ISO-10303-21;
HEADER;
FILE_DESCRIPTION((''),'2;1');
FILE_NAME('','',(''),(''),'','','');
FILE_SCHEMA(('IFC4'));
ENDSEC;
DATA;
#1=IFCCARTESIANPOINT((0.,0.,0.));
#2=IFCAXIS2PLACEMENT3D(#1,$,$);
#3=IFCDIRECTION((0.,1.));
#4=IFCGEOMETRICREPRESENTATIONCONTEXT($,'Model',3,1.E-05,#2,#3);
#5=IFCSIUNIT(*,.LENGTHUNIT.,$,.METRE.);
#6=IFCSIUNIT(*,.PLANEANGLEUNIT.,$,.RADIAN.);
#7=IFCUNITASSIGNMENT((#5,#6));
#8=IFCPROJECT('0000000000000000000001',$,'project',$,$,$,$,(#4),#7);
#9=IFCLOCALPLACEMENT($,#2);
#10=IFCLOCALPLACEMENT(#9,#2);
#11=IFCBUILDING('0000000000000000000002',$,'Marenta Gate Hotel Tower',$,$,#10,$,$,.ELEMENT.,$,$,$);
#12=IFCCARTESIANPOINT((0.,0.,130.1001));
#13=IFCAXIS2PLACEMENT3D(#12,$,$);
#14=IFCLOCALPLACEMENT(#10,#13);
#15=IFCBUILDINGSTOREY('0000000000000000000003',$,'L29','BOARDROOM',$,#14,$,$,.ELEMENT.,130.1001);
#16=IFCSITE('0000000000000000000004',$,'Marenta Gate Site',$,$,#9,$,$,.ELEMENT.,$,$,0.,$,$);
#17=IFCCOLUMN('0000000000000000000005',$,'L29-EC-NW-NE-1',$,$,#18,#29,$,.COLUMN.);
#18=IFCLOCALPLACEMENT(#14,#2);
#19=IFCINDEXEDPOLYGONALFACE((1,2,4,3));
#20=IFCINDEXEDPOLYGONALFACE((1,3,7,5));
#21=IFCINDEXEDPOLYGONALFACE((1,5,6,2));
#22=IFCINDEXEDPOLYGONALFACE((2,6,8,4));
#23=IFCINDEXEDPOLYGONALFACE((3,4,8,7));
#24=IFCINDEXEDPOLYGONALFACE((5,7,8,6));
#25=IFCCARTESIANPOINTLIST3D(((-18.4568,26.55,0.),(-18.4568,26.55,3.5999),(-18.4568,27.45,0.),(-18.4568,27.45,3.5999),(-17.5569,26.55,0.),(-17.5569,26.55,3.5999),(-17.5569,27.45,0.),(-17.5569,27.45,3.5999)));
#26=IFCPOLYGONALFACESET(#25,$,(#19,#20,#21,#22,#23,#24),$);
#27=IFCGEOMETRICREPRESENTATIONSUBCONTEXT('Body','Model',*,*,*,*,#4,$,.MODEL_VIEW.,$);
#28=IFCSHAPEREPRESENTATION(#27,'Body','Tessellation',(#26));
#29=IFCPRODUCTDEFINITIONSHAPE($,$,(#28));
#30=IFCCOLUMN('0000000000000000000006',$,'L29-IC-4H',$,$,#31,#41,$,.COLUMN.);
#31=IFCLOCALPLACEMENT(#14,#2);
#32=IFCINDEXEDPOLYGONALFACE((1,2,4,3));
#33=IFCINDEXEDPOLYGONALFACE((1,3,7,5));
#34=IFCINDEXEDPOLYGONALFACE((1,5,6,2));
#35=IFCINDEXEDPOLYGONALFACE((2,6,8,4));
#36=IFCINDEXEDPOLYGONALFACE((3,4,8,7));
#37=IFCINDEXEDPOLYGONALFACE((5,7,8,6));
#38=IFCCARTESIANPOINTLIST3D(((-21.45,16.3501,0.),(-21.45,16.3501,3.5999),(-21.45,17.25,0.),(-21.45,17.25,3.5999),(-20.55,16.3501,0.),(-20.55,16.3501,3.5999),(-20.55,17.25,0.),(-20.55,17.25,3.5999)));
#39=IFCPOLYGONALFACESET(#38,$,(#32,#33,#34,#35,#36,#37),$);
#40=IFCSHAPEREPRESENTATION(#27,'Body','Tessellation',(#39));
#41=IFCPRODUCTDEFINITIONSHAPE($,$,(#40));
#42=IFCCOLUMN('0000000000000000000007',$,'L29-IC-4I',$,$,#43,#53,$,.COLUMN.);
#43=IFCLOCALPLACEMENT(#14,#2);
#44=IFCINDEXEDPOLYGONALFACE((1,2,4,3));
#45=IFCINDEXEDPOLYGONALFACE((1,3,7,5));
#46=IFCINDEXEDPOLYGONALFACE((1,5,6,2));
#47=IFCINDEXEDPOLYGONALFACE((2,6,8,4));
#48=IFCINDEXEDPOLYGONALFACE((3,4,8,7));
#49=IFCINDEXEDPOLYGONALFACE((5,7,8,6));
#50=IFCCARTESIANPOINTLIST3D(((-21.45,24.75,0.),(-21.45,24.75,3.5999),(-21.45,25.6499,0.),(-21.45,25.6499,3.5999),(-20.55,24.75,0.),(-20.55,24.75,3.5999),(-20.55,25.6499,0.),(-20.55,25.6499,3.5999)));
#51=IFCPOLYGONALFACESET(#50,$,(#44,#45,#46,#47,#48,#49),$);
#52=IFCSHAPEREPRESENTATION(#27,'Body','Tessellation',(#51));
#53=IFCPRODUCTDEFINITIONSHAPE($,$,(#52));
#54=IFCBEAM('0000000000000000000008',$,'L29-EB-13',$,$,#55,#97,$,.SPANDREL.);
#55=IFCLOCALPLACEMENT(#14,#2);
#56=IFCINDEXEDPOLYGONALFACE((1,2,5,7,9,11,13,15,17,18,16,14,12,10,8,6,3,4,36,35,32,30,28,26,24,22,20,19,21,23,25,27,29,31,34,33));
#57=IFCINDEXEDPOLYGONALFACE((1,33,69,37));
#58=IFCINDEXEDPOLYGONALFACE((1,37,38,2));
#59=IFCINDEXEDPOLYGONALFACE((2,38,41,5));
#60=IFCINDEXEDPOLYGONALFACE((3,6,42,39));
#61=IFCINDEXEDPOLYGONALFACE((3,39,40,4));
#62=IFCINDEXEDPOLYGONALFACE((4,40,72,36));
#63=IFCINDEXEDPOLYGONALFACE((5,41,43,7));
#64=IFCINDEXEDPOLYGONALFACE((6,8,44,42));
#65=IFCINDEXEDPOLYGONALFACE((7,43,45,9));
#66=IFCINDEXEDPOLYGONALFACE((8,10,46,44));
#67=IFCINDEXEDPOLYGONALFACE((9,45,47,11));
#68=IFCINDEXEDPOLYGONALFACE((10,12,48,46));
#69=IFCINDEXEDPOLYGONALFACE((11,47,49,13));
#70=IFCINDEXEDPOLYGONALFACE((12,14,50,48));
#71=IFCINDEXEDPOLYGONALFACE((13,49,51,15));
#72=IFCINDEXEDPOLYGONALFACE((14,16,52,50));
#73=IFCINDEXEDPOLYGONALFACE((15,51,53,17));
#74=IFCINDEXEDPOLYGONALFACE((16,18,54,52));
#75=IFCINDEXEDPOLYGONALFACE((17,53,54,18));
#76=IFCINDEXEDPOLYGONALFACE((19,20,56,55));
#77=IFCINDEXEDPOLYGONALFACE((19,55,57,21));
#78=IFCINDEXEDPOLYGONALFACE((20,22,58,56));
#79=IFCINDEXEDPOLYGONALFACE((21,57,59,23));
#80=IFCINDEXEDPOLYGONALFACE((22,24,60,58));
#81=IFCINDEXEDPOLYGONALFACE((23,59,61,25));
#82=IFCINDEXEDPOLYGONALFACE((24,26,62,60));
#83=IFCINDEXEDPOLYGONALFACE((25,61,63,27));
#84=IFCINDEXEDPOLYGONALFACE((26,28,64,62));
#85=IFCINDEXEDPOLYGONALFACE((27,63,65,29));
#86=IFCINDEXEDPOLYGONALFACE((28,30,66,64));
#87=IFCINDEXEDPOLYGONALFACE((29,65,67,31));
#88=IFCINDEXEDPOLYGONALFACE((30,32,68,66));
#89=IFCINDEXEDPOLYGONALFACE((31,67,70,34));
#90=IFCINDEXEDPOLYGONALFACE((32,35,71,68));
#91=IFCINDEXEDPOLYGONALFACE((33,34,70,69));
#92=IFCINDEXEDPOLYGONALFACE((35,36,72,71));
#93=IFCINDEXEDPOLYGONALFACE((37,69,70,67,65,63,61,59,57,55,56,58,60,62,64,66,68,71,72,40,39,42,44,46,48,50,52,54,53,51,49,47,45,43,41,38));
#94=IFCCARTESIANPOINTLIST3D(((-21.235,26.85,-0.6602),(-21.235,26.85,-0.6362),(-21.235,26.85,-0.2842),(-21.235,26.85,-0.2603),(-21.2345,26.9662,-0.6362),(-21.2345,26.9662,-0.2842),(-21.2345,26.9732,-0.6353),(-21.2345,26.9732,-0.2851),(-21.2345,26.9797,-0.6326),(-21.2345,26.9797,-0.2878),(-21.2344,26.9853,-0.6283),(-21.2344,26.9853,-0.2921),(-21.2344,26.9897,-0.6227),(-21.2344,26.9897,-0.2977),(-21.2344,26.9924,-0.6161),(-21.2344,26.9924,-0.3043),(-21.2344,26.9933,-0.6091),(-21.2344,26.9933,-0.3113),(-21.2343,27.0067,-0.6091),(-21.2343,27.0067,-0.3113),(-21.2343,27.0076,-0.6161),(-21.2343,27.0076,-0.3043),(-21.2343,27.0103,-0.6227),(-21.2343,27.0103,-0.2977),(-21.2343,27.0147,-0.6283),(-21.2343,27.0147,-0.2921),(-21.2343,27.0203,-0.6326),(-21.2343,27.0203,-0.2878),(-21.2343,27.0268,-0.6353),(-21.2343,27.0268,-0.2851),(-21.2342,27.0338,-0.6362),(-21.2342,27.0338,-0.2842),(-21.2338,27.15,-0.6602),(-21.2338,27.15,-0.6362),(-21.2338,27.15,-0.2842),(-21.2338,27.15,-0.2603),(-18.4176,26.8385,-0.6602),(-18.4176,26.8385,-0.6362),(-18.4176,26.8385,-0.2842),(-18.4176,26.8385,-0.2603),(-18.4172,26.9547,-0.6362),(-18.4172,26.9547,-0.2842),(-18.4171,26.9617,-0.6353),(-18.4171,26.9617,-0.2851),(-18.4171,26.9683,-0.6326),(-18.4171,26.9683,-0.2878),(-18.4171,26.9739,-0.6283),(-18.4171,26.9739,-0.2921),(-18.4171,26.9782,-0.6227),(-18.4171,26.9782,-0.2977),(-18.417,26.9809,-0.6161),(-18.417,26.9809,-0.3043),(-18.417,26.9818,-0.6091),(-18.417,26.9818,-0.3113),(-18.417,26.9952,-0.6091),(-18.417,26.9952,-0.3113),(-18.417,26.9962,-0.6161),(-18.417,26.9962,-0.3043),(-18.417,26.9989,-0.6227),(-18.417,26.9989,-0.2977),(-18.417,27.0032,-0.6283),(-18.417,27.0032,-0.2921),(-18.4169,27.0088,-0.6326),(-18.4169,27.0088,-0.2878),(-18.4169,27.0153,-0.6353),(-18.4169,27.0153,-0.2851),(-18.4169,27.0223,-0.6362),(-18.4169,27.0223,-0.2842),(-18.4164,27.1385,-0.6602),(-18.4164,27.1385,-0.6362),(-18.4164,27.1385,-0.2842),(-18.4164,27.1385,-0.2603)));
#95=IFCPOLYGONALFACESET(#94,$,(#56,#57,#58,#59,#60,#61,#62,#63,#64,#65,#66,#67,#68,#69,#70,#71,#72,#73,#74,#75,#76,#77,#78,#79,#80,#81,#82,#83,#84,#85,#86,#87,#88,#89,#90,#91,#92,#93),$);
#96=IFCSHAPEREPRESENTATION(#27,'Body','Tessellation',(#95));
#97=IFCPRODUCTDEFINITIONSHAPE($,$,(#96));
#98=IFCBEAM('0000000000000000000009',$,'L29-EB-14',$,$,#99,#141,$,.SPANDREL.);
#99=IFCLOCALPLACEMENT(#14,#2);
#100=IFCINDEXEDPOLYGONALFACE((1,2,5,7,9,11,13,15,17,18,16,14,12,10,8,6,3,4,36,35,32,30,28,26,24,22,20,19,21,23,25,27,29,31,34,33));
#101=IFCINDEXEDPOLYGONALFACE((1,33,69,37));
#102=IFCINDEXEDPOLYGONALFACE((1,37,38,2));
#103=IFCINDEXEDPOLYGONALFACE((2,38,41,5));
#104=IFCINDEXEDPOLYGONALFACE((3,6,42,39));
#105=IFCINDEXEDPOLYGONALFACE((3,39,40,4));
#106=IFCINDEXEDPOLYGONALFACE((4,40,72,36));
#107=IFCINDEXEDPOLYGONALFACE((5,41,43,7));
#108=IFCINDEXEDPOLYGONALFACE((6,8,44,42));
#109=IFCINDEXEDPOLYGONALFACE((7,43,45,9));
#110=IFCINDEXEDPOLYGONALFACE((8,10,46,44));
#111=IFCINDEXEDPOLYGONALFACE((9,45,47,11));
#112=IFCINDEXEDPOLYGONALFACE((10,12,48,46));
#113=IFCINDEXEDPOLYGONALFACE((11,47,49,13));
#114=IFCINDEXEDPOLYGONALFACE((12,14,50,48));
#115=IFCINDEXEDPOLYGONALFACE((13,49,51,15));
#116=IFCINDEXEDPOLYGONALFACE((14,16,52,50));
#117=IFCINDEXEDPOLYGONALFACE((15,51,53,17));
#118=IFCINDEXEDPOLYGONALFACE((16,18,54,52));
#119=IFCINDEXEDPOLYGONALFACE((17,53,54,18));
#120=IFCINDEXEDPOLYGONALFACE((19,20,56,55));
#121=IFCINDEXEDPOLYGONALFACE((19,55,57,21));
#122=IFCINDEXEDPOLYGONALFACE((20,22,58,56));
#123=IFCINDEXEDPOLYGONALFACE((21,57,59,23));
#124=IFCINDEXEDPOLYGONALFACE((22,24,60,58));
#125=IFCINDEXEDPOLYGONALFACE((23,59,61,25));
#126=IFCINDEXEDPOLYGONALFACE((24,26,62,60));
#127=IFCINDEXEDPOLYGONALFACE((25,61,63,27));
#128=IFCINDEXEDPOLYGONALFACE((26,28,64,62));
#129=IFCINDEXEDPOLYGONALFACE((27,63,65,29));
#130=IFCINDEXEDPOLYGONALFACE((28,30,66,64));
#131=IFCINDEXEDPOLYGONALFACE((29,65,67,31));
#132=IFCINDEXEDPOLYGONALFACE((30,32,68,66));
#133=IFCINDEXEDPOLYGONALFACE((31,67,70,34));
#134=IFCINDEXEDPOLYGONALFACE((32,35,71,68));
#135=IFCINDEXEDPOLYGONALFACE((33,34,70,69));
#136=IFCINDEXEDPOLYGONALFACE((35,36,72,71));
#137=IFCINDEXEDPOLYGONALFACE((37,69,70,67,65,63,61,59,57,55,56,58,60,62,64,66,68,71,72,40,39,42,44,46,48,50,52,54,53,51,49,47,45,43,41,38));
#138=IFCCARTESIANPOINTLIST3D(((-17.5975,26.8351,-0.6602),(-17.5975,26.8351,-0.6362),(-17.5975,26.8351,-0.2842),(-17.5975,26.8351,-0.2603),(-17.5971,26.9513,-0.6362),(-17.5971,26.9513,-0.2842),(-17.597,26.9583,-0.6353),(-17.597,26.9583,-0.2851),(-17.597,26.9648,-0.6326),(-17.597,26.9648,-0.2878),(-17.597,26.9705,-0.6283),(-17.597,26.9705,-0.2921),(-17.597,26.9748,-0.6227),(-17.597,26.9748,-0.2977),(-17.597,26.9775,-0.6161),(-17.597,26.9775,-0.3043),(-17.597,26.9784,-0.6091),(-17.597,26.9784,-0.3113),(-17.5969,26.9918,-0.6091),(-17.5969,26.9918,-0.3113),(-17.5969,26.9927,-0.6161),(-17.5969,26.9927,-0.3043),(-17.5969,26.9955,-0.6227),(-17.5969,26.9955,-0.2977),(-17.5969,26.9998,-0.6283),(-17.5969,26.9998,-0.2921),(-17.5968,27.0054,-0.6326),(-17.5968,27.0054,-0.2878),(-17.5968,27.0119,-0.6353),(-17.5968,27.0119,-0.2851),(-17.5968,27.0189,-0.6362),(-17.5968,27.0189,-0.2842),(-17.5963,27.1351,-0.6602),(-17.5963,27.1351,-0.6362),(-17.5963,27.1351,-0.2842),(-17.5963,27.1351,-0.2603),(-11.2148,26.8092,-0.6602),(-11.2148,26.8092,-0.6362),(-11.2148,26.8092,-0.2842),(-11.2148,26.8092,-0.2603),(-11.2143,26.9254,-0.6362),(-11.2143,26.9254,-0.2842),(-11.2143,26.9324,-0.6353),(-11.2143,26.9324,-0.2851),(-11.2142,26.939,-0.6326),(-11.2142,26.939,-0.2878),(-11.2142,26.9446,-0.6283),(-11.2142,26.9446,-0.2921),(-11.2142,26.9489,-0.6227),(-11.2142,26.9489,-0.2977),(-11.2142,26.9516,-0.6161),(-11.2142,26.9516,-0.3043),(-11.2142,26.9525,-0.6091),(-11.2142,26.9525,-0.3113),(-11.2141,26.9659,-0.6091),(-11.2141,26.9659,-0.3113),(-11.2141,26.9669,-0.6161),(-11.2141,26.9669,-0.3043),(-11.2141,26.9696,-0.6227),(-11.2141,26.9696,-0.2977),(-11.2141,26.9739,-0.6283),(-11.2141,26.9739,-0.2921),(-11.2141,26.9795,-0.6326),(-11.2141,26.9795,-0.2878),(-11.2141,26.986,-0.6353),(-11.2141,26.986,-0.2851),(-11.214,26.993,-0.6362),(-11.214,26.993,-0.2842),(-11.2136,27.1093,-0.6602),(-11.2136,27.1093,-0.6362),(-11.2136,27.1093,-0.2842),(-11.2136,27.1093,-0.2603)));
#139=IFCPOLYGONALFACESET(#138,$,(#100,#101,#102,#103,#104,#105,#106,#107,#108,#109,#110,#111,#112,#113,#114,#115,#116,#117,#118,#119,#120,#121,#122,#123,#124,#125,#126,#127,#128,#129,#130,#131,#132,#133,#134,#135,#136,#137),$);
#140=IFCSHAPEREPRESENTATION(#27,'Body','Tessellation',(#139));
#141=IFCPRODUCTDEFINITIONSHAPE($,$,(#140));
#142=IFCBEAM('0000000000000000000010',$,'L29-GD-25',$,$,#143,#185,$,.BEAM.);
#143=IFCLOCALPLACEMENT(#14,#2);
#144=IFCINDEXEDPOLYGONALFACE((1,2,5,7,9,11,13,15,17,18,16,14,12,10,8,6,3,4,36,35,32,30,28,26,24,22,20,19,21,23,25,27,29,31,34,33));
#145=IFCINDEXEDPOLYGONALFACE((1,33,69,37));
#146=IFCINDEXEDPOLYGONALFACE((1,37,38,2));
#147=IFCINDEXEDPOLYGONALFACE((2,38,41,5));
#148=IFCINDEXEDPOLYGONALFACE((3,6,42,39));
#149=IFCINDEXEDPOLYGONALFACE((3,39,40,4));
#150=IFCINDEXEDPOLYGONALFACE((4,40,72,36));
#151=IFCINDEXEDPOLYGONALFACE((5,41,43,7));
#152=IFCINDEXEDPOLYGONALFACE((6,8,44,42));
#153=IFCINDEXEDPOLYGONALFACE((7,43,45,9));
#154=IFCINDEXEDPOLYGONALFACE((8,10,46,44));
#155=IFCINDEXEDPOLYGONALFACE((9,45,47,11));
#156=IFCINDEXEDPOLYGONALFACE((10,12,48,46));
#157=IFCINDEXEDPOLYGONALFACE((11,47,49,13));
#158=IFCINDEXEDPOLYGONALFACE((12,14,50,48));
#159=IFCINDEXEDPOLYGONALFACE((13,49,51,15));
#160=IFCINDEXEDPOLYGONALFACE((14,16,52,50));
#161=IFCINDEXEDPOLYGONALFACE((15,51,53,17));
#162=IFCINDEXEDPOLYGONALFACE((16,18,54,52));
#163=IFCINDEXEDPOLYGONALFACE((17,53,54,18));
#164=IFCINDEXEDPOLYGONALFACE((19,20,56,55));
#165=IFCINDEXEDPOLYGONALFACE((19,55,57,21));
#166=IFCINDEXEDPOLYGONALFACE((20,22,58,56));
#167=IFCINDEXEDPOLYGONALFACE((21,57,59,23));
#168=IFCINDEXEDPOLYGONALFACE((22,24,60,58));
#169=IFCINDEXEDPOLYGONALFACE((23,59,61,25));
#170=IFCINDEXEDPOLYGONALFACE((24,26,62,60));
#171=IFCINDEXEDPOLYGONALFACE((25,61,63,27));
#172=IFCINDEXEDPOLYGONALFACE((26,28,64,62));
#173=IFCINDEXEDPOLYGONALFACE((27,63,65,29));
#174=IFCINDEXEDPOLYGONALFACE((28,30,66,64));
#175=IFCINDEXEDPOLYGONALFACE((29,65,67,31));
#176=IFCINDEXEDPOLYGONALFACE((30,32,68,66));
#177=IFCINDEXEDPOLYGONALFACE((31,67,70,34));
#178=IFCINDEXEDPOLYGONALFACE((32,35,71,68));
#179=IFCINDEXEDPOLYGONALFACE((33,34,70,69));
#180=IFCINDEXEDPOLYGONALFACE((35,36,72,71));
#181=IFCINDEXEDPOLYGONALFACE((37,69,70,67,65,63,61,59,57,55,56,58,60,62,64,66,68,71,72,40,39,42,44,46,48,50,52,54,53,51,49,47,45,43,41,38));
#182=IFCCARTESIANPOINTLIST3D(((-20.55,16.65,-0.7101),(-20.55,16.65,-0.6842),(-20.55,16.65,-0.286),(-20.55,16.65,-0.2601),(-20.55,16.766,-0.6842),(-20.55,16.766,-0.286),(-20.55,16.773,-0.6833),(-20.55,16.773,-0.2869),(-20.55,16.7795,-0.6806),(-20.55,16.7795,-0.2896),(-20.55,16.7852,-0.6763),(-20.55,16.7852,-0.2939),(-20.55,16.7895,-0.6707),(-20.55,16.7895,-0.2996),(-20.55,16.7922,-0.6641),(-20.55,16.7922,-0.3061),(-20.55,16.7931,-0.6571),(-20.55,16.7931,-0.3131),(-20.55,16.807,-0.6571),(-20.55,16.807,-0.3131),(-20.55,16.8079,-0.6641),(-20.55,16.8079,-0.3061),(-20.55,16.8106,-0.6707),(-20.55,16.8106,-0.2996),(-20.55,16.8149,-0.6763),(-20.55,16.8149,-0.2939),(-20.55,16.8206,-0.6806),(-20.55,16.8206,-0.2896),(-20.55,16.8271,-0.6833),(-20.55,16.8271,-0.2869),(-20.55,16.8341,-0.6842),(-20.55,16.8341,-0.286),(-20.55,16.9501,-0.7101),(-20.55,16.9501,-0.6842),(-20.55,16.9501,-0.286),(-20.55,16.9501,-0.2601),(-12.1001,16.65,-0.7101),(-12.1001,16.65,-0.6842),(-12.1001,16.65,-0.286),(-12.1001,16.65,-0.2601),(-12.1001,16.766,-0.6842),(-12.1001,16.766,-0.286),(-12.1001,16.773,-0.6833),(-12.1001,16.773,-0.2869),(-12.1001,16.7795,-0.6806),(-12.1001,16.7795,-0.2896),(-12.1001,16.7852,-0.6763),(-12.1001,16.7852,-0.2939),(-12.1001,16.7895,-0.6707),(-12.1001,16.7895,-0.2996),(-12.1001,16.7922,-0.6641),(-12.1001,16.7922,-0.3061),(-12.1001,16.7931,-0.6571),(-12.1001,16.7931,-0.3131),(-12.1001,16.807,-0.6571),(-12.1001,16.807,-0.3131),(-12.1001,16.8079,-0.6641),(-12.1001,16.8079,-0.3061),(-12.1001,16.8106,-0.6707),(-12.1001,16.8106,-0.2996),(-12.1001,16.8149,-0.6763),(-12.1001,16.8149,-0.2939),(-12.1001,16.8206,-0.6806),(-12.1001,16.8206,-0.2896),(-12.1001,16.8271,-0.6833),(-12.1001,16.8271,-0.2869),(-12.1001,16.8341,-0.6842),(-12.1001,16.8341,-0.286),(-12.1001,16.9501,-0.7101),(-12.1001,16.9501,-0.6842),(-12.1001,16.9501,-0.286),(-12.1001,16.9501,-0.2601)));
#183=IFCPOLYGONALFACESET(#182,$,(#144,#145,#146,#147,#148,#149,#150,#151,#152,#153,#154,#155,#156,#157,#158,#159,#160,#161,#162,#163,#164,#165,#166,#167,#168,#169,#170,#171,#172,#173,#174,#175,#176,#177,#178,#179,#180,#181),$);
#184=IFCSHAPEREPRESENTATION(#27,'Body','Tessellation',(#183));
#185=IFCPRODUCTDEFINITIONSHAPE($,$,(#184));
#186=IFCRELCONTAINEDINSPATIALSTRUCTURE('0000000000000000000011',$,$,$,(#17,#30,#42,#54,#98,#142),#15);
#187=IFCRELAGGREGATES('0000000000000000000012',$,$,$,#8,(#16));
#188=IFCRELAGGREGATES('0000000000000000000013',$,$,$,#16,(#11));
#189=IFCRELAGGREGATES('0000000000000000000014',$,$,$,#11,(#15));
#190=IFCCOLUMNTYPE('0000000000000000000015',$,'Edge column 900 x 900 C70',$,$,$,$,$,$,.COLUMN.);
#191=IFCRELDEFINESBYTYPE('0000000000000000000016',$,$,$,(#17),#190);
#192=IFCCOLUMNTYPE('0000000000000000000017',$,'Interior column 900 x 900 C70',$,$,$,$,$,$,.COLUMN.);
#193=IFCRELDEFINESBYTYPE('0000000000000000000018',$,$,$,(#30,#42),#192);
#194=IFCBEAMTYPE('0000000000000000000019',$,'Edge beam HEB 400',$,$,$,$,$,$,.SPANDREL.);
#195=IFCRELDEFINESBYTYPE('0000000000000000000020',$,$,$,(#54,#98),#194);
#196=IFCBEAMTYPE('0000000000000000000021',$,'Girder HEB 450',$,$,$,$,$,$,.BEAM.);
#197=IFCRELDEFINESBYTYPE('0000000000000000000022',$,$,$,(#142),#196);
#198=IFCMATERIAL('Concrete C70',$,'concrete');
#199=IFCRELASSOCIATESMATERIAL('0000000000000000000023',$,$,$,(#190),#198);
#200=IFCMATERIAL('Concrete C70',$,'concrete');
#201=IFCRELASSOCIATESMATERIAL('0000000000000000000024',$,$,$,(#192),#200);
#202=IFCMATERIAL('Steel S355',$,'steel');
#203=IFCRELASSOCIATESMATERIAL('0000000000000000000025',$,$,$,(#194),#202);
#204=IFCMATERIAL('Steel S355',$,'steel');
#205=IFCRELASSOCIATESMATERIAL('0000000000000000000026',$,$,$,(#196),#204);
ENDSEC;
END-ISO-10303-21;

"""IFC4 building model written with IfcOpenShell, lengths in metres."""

from ifc_helpers import new_model, si_unit, direction, frame, origin, origin_2d, place, context, subcontext, project, spatial, rectangle, i_section, extrude, material, material_profile, profile_set, type_object, element, save


model = new_model("IFC4")

# Units and contexts
model_context = context("Model", 3, precision=1e-05, world=origin(), true_north=direction((0.0, 1.0)))
body_context = subcontext(model_context, "Body", "Model", "MODEL_VIEW")
ifc_project = project(units=[si_unit("LENGTHUNIT", "METRE"), si_unit("PLANEANGLEUNIT", "RADIAN")], contexts=[model_context])

# Site, building, storey
site_placement = place(None, origin())
site = spatial("IfcSite", under=ifc_project, at=site_placement, Name="Marenta Gate Site", CompositionType="ELEMENT", RefElevation=0.0)
building_placement = place(site_placement, origin())
building = spatial("IfcBuilding", under=site, at=building_placement, Name="Marenta Gate Hotel Tower", CompositionType="ELEMENT")
storey_placement = place(building_placement, frame((0.0, 0.0, 130.1001)))
storey = spatial("IfcBuildingStorey", under=building, at=storey_placement, Name="L29", Description="BOARDROOM", CompositionType="ELEMENT", Elevation=130.1001)

# Columns
ifc_material_1 = material(Name="Concrete C70", Category="concrete")
ifc_material_profile_1 = material_profile(ifc_material_1, rectangle(XDim=0.8999, YDim=0.8999, at=origin_2d()), Name="900 x 900")
ifc_profile_set_1 = profile_set([ifc_material_profile_1], Name="Concrete C70")
column_type_1 = type_object("IfcColumnType", Name="Edge column 900 x 900 C70", PredefinedType="COLUMN", material=ifc_profile_set_1)
column_placement = place(storey_placement, frame((-18.0068, 27.0, 0.0), z_axis=(0.0, 0.0, 1.0), x_axis=(1.0, 0.0, 0.0)))
element("IfcColumn", 1, at=column_placement, inside=storey, type_object=column_type_1, Name="L29-EC-NW-NE-1", PredefinedType="COLUMN", context=body_context, shape_type="SweptSolid", body=[
    extrude(rectangle(XDim=0.8999, YDim=0.8999, at=origin_2d()), origin(), (0.0, 0.0, 1.0), 3.5999),
])
ifc_material_2 = material(Name="Concrete C70", Category="concrete")
ifc_material_profile_2 = material_profile(ifc_material_2, rectangle(XDim=0.8999, YDim=0.8999, at=origin_2d()), Name="900 x 900")
ifc_profile_set_2 = profile_set([ifc_material_profile_2], Name="Concrete C70")
column_type_2 = type_object("IfcColumnType", Name="Interior column 900 x 900 C70", PredefinedType="COLUMN", material=ifc_profile_set_2)
for number, where, z_axis, x_axis, name in (
    (2, (-21.0, 16.8, 0.0), (0.0, 0.0, 1.0), (1.0, 0.0, 0.0), "L29-IC-4H"),
    (3, (-21.0, 25.2, 0.0), (0.0, 0.0, 1.0), (1.0, 0.0, 0.0), "L29-IC-4I"),
):
    element("IfcColumn", number, at=place(storey_placement, frame(where, z_axis=z_axis, x_axis=x_axis)), inside=storey, type_object=column_type_2, Name=name, PredefinedType="COLUMN", context=body_context, shape_type="SweptSolid", body=[
        extrude(rectangle(XDim=0.8999, YDim=0.8999, at=origin_2d()), origin(), (0.0, 0.0, 1.0), 3.5999),
    ])

# Beams
ifc_material_3 = material(Name="Steel S355", Category="steel")
ifc_material_profile_3 = material_profile(ifc_material_3, i_section(OverallWidth=0.3, OverallDepth=0.3999, WebThickness=0.0134, FlangeThickness=0.0239, FilletRadius=0.0271, at=origin_2d()), Name="HEB 400")
ifc_profile_set_3 = profile_set([ifc_material_profile_3], Name="Steel S355")
beam_type_1 = type_object("IfcBeamType", Name="Edge beam HEB 400", PredefinedType="SPANDREL", material=ifc_profile_set_3)
beam_1_placement = place(storey_placement, frame((-21.2344, 27.0, -0.4602), z_axis=(0.999992, -0.004073, 0.0), x_axis=(0.004073, 0.999992, 0.0)))
element("IfcBeam", 4, at=beam_1_placement, inside=storey, type_object=beam_type_1, Name="L29-EB-13", PredefinedType="SPANDREL", context=body_context, shape_type="SweptSolid", body=[
    extrude(i_section(OverallWidth=0.3, OverallDepth=0.3999, WebThickness=0.0134, FlangeThickness=0.0239, FilletRadius=0.0271, at=origin_2d()), origin(), (0.0, 0.0, 1.0), 2.8174),
])
beam_2_placement = place(storey_placement, frame((-17.5969, 26.9851, -0.4602), z_axis=(0.999992, -0.004054, 0.0), x_axis=(0.004054, 0.999992, 0.0)))
element("IfcBeam", 5, at=beam_2_placement, inside=storey, type_object=beam_type_1, Name="L29-EB-14", PredefinedType="SPANDREL", context=body_context, shape_type="SweptSolid", body=[
    extrude(i_section(OverallWidth=0.3, OverallDepth=0.3999, WebThickness=0.0134, FlangeThickness=0.0239, FilletRadius=0.0271, at=origin_2d()), origin(), (0.0, 0.0, 1.0), 6.3828),
])
ifc_material_4 = material(Name="Steel S355", Category="steel")
ifc_material_profile_4 = material_profile(ifc_material_4, i_section(OverallWidth=0.3, OverallDepth=0.45, WebThickness=0.0139, FlangeThickness=0.0259, FilletRadius=0.0271, at=origin_2d()), Name="HEB 450")
ifc_profile_set_4 = profile_set([ifc_material_profile_4], Name="Steel S355")
beam_type_2 = type_object("IfcBeamType", Name="Girder HEB 450", PredefinedType="BEAM", material=ifc_profile_set_4)
beam_3_placement = place(storey_placement, frame((-20.55, 16.8, -0.4851), z_axis=(1.0, 0.0, 0.0), x_axis=(0.0, 1.0, 0.0)))
element("IfcBeam", 6, at=beam_3_placement, inside=storey, type_object=beam_type_2, Name="L29-GD-25", PredefinedType="BEAM", context=body_context, shape_type="SweptSolid", body=[
    extrude(i_section(OverallWidth=0.3, OverallDepth=0.45, WebThickness=0.0139, FlangeThickness=0.0259, FilletRadius=0.0271, at=origin_2d()), origin(), (0.0, 0.0, 1.0), 8.45),
])

save(model, "model.ifc")
